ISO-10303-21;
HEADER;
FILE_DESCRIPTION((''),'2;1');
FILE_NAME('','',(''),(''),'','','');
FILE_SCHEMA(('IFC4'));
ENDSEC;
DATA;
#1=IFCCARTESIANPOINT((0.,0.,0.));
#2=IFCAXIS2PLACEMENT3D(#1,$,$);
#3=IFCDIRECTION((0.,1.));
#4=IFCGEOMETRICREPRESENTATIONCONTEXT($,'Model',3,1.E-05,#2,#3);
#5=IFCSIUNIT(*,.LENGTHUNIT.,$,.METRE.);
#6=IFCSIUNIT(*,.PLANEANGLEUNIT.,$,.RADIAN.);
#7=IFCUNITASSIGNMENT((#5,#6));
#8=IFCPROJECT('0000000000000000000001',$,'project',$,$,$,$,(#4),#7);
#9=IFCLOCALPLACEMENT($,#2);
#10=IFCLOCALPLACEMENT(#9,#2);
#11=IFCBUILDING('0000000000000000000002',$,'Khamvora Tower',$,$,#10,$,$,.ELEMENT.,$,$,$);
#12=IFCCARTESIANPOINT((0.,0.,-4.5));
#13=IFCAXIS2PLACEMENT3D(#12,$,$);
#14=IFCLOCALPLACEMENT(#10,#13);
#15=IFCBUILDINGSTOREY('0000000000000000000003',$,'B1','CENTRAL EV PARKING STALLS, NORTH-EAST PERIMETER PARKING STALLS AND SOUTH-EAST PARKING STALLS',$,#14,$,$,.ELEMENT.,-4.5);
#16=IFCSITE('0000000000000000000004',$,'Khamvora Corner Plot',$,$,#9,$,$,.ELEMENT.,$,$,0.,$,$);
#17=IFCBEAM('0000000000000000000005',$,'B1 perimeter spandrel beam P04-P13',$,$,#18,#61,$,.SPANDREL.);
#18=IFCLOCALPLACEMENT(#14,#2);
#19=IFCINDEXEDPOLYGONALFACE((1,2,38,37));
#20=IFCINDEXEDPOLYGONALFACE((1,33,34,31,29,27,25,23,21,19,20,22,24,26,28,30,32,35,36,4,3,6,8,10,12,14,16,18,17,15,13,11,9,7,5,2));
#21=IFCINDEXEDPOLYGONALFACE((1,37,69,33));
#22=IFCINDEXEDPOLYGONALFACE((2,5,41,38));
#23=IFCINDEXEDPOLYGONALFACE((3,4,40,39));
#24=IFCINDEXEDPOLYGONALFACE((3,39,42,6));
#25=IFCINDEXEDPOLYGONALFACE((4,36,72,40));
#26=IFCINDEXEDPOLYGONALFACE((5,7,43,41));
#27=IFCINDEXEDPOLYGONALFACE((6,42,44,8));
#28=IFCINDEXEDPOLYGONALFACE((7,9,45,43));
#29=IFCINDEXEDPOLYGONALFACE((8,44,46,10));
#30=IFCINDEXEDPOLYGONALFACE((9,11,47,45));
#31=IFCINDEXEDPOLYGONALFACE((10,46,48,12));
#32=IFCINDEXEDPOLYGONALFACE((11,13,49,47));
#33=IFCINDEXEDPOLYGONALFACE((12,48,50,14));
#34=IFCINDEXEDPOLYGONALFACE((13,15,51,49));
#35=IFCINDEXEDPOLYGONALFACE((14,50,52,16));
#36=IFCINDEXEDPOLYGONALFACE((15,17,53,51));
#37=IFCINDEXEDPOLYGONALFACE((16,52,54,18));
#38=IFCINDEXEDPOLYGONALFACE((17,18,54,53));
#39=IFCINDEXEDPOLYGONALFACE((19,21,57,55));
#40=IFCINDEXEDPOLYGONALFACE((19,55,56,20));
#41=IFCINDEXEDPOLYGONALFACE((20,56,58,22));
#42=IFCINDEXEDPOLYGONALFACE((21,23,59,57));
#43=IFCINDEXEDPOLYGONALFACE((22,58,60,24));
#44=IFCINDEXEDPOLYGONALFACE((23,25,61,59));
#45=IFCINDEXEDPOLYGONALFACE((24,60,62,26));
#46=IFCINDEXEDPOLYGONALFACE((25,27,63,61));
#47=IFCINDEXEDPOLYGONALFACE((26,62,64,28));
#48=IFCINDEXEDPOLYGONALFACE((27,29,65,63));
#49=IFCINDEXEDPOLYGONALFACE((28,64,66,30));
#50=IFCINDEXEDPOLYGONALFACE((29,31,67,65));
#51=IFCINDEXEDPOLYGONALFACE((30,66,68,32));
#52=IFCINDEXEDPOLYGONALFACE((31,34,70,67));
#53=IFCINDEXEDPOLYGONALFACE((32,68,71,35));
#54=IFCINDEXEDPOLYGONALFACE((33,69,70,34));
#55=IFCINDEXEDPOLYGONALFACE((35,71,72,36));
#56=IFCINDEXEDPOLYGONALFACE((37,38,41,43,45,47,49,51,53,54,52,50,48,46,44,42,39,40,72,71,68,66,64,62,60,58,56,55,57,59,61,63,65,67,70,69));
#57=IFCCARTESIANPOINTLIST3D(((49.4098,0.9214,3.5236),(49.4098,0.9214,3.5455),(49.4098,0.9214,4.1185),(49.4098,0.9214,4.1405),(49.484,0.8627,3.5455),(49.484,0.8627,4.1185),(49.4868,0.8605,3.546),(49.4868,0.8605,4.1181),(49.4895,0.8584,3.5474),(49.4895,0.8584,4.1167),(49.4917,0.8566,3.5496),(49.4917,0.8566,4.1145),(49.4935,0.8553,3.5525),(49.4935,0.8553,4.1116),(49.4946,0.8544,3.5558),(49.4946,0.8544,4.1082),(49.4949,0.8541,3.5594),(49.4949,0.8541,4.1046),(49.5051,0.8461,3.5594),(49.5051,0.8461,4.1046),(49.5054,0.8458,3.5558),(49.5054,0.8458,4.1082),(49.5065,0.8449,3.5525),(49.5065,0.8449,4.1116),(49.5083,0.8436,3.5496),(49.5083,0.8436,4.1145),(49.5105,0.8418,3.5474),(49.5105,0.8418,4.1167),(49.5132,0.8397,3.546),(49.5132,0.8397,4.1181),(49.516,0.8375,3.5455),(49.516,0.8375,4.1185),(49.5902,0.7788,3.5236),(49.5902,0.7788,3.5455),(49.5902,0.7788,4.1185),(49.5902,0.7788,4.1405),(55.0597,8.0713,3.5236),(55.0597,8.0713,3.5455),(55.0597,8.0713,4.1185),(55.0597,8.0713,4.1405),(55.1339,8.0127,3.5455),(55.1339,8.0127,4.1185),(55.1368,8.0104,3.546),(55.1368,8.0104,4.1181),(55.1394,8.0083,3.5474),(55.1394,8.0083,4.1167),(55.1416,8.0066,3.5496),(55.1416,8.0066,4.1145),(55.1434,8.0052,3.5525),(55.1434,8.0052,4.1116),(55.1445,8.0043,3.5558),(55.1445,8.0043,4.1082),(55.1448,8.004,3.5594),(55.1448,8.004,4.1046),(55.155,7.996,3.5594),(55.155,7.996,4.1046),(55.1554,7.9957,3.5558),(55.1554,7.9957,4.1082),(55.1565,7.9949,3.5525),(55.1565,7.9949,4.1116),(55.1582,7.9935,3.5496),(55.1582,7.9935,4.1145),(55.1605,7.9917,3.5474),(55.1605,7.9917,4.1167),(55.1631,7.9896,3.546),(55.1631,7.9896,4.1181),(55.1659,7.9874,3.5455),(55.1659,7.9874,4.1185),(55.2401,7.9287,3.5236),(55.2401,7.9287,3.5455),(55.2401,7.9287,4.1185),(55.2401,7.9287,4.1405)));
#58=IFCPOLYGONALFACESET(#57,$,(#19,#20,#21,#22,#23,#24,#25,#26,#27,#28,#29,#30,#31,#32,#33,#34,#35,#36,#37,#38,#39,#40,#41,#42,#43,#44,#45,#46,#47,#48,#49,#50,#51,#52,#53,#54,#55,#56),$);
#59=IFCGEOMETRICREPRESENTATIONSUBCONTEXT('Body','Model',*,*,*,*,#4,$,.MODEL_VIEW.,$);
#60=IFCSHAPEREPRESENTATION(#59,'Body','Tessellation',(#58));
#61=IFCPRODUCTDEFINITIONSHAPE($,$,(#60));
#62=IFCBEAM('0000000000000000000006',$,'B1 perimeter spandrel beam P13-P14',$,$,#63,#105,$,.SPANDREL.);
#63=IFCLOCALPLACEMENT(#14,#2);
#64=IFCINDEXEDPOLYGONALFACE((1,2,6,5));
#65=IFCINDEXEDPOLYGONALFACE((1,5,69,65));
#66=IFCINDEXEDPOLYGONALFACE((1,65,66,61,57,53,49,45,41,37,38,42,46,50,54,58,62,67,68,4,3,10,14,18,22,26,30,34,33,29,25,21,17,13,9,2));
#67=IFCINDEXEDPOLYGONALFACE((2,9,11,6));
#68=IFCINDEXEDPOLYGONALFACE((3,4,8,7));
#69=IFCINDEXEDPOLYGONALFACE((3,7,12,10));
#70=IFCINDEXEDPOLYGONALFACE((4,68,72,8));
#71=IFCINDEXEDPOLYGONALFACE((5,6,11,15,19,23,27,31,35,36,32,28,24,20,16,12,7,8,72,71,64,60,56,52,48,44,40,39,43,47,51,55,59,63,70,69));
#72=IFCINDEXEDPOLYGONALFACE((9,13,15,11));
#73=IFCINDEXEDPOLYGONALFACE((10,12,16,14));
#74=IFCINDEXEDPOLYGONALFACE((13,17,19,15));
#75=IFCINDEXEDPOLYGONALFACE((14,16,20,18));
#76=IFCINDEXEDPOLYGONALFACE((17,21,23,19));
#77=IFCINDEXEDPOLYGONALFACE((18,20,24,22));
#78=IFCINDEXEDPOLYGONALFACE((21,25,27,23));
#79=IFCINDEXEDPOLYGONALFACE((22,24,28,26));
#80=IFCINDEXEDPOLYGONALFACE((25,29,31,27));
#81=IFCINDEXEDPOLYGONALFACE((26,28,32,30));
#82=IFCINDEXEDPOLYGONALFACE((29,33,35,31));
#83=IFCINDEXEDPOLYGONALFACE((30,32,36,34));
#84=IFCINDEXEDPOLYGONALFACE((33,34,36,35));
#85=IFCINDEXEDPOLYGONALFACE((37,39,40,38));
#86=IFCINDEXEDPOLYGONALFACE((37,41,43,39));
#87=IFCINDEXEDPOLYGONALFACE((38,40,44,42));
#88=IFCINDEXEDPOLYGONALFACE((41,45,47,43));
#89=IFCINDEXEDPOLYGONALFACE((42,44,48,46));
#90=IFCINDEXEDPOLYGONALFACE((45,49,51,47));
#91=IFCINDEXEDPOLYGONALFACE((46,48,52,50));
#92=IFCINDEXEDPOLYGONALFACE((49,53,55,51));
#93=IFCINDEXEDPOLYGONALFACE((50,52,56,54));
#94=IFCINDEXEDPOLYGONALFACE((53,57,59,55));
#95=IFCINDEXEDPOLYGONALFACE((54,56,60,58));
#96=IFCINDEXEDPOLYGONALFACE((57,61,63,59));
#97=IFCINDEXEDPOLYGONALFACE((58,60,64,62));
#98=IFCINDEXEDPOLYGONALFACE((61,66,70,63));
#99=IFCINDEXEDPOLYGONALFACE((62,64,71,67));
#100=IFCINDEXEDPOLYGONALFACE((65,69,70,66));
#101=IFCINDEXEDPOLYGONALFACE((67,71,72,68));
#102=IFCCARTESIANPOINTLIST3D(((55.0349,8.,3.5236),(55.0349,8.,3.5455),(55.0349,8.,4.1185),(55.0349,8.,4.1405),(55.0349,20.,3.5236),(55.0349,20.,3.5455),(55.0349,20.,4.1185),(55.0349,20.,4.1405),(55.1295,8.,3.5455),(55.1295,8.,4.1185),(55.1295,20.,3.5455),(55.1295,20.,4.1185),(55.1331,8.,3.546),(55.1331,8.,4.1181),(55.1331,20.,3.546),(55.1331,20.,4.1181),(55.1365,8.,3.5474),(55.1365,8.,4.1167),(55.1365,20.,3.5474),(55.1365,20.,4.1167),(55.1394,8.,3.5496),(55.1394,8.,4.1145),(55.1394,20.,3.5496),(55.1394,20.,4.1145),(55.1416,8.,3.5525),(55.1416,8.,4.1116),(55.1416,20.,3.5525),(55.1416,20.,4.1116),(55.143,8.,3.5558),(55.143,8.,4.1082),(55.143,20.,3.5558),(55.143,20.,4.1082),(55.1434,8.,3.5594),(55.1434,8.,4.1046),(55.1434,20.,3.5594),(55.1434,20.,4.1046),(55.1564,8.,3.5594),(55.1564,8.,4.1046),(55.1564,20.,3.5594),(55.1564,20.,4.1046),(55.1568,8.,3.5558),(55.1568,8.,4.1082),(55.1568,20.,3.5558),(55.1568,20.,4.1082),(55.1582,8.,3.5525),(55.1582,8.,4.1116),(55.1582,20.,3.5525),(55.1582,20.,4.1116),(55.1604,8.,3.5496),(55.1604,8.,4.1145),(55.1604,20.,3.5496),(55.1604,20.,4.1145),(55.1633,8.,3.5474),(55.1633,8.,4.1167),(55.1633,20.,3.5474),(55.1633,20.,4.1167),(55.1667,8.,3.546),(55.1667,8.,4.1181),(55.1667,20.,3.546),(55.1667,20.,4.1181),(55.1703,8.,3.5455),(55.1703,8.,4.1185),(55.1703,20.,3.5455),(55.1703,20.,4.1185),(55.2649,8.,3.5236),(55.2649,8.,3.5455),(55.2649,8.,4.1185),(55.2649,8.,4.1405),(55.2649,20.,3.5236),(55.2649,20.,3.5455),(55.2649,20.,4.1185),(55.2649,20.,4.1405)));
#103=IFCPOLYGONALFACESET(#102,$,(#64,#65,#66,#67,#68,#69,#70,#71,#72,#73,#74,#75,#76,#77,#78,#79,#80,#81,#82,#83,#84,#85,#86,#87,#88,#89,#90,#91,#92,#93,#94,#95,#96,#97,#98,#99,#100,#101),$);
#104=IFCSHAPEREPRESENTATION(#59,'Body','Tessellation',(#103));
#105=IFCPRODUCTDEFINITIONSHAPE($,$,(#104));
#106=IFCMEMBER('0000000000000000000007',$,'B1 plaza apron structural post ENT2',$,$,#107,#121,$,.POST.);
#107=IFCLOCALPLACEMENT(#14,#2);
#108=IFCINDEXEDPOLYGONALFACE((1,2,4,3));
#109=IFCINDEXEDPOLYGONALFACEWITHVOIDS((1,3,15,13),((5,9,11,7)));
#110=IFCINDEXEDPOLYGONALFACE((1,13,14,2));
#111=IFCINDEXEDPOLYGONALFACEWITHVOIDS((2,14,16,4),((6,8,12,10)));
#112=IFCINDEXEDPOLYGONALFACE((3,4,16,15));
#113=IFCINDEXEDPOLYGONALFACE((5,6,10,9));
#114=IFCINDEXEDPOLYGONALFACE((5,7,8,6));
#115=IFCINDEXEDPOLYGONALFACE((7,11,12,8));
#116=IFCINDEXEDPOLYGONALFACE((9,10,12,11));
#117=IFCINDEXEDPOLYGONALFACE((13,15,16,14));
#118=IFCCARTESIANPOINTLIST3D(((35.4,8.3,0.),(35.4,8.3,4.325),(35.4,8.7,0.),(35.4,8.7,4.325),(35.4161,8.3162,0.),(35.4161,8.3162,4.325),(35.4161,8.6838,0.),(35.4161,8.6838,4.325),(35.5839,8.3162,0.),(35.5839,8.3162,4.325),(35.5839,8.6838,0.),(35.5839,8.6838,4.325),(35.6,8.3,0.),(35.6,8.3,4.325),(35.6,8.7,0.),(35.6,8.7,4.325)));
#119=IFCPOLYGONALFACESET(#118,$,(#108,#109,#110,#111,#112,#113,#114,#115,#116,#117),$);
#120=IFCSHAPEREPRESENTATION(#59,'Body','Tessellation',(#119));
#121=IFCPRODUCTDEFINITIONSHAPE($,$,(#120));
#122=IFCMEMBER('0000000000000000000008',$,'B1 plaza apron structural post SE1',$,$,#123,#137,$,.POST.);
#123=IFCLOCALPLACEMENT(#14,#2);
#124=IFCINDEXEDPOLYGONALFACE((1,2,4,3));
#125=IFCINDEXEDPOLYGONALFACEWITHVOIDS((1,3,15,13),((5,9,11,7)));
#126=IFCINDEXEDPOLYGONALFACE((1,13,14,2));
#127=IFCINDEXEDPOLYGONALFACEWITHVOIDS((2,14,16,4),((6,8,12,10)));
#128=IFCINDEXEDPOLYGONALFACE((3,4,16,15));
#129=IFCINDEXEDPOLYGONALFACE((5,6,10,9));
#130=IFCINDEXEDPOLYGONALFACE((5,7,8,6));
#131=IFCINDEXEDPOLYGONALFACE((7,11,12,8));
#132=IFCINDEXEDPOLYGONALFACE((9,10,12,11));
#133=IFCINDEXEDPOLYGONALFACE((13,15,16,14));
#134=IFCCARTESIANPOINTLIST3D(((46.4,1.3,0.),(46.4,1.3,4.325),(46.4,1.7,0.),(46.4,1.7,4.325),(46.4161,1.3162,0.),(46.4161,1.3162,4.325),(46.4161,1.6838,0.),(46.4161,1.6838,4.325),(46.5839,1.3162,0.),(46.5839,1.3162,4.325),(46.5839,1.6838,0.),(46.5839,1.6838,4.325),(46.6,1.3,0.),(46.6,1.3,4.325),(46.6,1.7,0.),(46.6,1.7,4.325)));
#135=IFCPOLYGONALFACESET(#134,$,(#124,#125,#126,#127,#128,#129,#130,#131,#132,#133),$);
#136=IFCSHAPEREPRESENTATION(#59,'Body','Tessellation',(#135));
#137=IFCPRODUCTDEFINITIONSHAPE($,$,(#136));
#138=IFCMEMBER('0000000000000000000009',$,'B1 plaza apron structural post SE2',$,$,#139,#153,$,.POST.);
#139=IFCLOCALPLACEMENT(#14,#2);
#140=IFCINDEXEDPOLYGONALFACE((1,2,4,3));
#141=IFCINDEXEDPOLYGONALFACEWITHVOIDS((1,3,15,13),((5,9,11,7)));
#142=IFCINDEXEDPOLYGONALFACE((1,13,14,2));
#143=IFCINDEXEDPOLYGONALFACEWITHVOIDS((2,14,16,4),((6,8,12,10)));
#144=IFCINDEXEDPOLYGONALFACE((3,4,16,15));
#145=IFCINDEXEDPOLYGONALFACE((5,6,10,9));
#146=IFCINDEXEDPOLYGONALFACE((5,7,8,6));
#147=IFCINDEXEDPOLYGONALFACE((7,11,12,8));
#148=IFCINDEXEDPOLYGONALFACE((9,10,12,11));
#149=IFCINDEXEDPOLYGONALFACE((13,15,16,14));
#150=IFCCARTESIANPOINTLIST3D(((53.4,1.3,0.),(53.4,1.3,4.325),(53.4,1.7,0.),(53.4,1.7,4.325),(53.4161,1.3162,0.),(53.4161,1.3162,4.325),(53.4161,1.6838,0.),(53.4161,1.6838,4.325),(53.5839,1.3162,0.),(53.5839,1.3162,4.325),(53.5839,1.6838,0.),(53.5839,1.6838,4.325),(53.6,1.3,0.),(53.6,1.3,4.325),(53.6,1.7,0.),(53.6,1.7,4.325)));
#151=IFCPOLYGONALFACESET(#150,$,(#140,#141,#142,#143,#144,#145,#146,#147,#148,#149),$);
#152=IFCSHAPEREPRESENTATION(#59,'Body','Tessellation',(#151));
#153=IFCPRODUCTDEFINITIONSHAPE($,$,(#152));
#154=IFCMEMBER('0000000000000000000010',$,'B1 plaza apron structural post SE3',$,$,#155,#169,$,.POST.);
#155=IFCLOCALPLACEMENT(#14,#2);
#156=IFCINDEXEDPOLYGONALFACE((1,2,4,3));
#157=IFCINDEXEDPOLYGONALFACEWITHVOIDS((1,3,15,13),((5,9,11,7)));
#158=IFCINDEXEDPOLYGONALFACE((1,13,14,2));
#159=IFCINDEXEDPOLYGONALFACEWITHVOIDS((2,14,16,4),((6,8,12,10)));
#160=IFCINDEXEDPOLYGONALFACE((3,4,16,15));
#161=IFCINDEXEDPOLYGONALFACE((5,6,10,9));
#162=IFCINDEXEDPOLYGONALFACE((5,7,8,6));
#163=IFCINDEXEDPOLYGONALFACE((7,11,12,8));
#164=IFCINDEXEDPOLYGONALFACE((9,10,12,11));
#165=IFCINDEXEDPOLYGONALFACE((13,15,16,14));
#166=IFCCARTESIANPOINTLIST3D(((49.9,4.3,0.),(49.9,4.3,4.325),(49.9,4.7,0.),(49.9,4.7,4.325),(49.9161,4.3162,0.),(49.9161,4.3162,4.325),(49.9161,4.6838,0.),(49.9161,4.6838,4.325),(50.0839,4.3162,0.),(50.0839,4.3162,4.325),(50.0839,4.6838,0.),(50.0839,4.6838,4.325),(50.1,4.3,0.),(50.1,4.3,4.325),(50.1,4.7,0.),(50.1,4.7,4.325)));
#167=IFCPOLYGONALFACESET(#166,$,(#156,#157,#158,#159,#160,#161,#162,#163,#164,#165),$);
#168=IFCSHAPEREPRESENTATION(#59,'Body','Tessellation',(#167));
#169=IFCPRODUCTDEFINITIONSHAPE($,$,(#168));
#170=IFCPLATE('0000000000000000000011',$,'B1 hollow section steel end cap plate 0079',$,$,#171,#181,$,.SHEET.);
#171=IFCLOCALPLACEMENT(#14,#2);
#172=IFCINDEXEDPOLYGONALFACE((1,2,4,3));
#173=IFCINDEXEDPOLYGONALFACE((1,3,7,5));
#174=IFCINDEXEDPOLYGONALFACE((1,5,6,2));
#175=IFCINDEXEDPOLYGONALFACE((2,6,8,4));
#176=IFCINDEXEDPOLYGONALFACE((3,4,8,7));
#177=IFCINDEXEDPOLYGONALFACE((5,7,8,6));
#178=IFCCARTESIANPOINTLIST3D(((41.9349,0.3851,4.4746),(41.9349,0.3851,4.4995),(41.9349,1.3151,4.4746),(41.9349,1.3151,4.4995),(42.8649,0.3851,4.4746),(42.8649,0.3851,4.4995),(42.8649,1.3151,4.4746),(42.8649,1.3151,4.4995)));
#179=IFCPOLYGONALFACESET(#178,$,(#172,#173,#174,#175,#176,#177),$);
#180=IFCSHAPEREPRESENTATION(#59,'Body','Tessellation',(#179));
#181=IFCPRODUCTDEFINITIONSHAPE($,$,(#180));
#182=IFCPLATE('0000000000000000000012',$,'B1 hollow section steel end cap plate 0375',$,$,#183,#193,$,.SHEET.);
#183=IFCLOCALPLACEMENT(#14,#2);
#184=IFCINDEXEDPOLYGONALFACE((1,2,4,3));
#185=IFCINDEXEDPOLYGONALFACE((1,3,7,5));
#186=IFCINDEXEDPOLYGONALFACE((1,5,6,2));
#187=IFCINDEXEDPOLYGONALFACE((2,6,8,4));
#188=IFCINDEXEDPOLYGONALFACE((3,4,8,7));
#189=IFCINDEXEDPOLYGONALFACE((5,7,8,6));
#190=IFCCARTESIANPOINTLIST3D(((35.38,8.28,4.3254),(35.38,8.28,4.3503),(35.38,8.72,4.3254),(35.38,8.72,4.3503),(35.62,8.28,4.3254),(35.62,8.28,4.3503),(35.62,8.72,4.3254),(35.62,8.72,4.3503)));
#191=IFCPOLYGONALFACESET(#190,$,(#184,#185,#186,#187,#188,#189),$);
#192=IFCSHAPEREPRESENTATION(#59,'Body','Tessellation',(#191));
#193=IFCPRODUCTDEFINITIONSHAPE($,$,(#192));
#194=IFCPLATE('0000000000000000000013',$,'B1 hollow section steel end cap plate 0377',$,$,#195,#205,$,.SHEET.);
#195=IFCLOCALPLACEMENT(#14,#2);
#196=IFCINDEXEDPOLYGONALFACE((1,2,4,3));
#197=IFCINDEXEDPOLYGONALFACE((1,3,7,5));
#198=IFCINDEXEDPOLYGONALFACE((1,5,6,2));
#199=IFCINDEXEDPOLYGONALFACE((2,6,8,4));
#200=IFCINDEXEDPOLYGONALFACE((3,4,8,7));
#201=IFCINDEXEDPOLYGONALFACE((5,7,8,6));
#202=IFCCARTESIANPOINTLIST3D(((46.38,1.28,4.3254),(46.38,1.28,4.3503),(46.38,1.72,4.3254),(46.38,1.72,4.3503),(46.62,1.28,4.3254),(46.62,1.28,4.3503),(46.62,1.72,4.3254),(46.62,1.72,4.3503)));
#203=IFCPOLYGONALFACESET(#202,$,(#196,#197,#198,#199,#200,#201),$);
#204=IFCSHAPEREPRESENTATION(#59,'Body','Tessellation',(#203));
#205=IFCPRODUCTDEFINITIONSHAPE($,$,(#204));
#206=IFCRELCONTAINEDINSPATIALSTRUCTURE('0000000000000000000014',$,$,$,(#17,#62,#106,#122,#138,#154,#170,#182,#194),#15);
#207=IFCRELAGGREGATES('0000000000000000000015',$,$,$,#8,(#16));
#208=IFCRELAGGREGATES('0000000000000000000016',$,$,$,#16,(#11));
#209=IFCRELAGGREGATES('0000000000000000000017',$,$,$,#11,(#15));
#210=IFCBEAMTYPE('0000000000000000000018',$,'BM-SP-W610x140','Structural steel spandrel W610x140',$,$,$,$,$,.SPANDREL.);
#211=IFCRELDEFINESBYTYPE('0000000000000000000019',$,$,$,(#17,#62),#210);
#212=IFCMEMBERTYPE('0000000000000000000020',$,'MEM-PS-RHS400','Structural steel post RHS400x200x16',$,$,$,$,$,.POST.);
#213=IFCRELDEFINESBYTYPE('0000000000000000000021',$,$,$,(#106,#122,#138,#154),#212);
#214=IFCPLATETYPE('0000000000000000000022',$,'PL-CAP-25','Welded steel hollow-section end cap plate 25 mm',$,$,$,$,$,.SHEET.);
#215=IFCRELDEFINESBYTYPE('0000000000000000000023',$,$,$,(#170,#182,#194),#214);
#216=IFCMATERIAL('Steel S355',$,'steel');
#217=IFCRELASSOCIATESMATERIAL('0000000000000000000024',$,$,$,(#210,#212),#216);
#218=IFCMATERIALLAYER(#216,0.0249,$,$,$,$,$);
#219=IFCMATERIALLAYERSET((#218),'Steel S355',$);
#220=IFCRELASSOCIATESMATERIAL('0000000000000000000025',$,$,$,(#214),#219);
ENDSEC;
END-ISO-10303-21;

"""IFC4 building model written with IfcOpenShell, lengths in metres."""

from ifc_helpers import new_model, si_unit, direction, frame, origin, origin_2d, place, context, subcontext, project, spatial, rectangle, hollow_rectangle, i_section, extrude, material, layer, layer_set, material_profile, profile_set, type_object, element, save


model = new_model("IFC4")

# Units and contexts
model_context = context("Model", 3, precision=1e-05, world=origin(), true_north=direction((0.0, 1.0)))
body_context = subcontext(model_context, "Body", "Model", "MODEL_VIEW")
ifc_project = project(units=[si_unit("LENGTHUNIT", "METRE"), si_unit("PLANEANGLEUNIT", "RADIAN")], contexts=[model_context])

# Site, building, storey
site_placement = place(None, origin())
site = spatial("IfcSite", under=ifc_project, at=site_placement, Name="Khamvora Corner Plot", CompositionType="ELEMENT", RefElevation=0.0)
building_placement = place(site_placement, origin())
building = spatial("IfcBuilding", under=site, at=building_placement, Name="Khamvora Tower", CompositionType="ELEMENT")
storey_placement = place(building_placement, frame((0.0, 0.0, -4.5)))
storey = spatial("IfcBuildingStorey", under=building, at=storey_placement, Name="B1", Description="CENTRAL EV PARKING STALLS, NORTH-EAST PERIMETER PARKING STALLS AND SOUTH-EAST PARKING STALLS", CompositionType="ELEMENT", Elevation=-4.5)

# Shared definitions
ifc_material_1 = material(Name="Steel S355", Category="steel")

# Beams
ifc_material_profile_1 = material_profile(ifc_material_1, i_section(OverallWidth=0.23, OverallDepth=0.6169, WebThickness=0.0129, FlangeThickness=0.022, FilletRadius=0.0139, at=origin_2d()), Name="W610x140")
ifc_profile_set_1 = profile_set([ifc_material_profile_1], Name="Steel S355")
beam_type_1 = type_object("IfcBeamType", Name="BM-SP-W610x140", Description="Structural steel spandrel W610x140", PredefinedType="SPANDREL", material=ifc_profile_set_1)
beam_1_placement = place(storey_placement, frame((49.5, 0.8501, 3.832), z_axis=(0.619999, 0.784603, 0.0), x_axis=(-0.784603, 0.619999, 0.0)))
element("IfcBeam", 1, at=beam_1_placement, inside=storey, type_object=beam_type_1, Name="B1 perimeter spandrel beam P04-P13", PredefinedType="SPANDREL", context=body_context, shape_type="SweptSolid", body=[
    extrude(i_section(OverallWidth=0.23, OverallDepth=0.6169, WebThickness=0.0129, FlangeThickness=0.022, FilletRadius=0.0139, at=origin_2d()), origin(), (0.0, 0.0, 1.0), 9.1128),
])
beam_2_placement = place(storey_placement, frame((55.1499, 8.0, 3.832), z_axis=(0.0, 1.0, 0.0), x_axis=(-1.0, 0.0, 0.0)))
element("IfcBeam", 2, at=beam_2_placement, inside=storey, type_object=beam_type_1, Name="B1 perimeter spandrel beam P13-P14", PredefinedType="SPANDREL", context=body_context, shape_type="SweptSolid", body=[
    extrude(i_section(OverallWidth=0.23, OverallDepth=0.6169, WebThickness=0.0129, FlangeThickness=0.022, FilletRadius=0.0139, at=origin_2d()), origin(), (0.0, 0.0, 1.0), 12.0),
])

# Members
ifc_material_profile_2 = material_profile(ifc_material_1, hollow_rectangle(XDim=0.2, YDim=0.3999, WallThickness=0.0161, at=origin_2d()), Name="RHS400x200x16")
ifc_profile_set_2 = profile_set([ifc_material_profile_2], Name="Steel S355")
member_type = type_object("IfcMemberType", Name="MEM-PS-RHS400", Description="Structural steel post RHS400x200x16", PredefinedType="POST", material=ifc_profile_set_2)
for number, where, z_axis, x_axis, name in (
    (3, (35.5, 8.5, 0.0), (0.0, 0.0, 1.0), (1.0, 0.0, 0.0), "B1 plaza apron structural post ENT2"),
    (4, (46.5, 1.5, 0.0), (0.0, 0.0, 1.0), (1.0, 0.0, 0.0), "B1 plaza apron structural post SE1"),
    (5, (53.5, 1.5, 0.0), (0.0, 0.0, 1.0), (1.0, 0.0, 0.0), "B1 plaza apron structural post SE2"),
    (6, (50.0, 4.5, 0.0), (0.0, 0.0, 1.0), (1.0, 0.0, 0.0), "B1 plaza apron structural post SE3"),
):
    element("IfcMember", number, at=place(storey_placement, frame(where, z_axis=z_axis, x_axis=x_axis)), inside=storey, type_object=member_type, Name=name, PredefinedType="POST", context=body_context, shape_type="SweptSolid", body=[
        extrude(hollow_rectangle(XDim=0.2, YDim=0.3999, WallThickness=0.0161, at=origin_2d()), origin(), (0.0, 0.0, 1.0), 4.325),
    ])

# Plates
ifc_layer_1 = layer(ifc_material_1, 0.0249)
ifc_layer_set_1 = layer_set([ifc_layer_1], Name="Steel S355")
plate_type = type_object("IfcPlateType", Name="PL-CAP-25", Description="Welded steel hollow-section end cap plate 25 mm", PredefinedType="SHEET", material=ifc_layer_set_1)
plate_placement = place(storey_placement, frame((42.3999, 0.8501, 4.4746), z_axis=(0.0, 0.0, 1.0), x_axis=(1.0, 0.0, 0.0)))
element("IfcPlate", 7, at=plate_placement, inside=storey, type_object=plate_type, Name="B1 hollow section steel end cap plate 0079", PredefinedType="SHEET", context=body_context, shape_type="SweptSolid", body=[
    extrude(rectangle(XDim=0.9299, YDim=0.9299, at=origin_2d()), origin(), (0.0, 0.0, 1.0), 0.0249),
])
for number, where, z_axis, x_axis, name in (
    (8, (35.5, 8.5, 4.3254), (0.0, 0.0, 1.0), (1.0, 0.0, 0.0), "B1 hollow section steel end cap plate 0375"),
    (9, (46.5, 1.5, 4.3254), (0.0, 0.0, 1.0), (1.0, 0.0, 0.0), "B1 hollow section steel end cap plate 0377"),
):
    element("IfcPlate", number, at=place(storey_placement, frame(where, z_axis=z_axis, x_axis=x_axis)), inside=storey, type_object=plate_type, Name=name, PredefinedType="SHEET", context=body_context, shape_type="SweptSolid", body=[
        extrude(rectangle(XDim=0.24, YDim=0.4399, at=origin_2d()), origin(), (0.0, 0.0, 1.0), 0.0249),
    ])

save(model, "model.ifc")
